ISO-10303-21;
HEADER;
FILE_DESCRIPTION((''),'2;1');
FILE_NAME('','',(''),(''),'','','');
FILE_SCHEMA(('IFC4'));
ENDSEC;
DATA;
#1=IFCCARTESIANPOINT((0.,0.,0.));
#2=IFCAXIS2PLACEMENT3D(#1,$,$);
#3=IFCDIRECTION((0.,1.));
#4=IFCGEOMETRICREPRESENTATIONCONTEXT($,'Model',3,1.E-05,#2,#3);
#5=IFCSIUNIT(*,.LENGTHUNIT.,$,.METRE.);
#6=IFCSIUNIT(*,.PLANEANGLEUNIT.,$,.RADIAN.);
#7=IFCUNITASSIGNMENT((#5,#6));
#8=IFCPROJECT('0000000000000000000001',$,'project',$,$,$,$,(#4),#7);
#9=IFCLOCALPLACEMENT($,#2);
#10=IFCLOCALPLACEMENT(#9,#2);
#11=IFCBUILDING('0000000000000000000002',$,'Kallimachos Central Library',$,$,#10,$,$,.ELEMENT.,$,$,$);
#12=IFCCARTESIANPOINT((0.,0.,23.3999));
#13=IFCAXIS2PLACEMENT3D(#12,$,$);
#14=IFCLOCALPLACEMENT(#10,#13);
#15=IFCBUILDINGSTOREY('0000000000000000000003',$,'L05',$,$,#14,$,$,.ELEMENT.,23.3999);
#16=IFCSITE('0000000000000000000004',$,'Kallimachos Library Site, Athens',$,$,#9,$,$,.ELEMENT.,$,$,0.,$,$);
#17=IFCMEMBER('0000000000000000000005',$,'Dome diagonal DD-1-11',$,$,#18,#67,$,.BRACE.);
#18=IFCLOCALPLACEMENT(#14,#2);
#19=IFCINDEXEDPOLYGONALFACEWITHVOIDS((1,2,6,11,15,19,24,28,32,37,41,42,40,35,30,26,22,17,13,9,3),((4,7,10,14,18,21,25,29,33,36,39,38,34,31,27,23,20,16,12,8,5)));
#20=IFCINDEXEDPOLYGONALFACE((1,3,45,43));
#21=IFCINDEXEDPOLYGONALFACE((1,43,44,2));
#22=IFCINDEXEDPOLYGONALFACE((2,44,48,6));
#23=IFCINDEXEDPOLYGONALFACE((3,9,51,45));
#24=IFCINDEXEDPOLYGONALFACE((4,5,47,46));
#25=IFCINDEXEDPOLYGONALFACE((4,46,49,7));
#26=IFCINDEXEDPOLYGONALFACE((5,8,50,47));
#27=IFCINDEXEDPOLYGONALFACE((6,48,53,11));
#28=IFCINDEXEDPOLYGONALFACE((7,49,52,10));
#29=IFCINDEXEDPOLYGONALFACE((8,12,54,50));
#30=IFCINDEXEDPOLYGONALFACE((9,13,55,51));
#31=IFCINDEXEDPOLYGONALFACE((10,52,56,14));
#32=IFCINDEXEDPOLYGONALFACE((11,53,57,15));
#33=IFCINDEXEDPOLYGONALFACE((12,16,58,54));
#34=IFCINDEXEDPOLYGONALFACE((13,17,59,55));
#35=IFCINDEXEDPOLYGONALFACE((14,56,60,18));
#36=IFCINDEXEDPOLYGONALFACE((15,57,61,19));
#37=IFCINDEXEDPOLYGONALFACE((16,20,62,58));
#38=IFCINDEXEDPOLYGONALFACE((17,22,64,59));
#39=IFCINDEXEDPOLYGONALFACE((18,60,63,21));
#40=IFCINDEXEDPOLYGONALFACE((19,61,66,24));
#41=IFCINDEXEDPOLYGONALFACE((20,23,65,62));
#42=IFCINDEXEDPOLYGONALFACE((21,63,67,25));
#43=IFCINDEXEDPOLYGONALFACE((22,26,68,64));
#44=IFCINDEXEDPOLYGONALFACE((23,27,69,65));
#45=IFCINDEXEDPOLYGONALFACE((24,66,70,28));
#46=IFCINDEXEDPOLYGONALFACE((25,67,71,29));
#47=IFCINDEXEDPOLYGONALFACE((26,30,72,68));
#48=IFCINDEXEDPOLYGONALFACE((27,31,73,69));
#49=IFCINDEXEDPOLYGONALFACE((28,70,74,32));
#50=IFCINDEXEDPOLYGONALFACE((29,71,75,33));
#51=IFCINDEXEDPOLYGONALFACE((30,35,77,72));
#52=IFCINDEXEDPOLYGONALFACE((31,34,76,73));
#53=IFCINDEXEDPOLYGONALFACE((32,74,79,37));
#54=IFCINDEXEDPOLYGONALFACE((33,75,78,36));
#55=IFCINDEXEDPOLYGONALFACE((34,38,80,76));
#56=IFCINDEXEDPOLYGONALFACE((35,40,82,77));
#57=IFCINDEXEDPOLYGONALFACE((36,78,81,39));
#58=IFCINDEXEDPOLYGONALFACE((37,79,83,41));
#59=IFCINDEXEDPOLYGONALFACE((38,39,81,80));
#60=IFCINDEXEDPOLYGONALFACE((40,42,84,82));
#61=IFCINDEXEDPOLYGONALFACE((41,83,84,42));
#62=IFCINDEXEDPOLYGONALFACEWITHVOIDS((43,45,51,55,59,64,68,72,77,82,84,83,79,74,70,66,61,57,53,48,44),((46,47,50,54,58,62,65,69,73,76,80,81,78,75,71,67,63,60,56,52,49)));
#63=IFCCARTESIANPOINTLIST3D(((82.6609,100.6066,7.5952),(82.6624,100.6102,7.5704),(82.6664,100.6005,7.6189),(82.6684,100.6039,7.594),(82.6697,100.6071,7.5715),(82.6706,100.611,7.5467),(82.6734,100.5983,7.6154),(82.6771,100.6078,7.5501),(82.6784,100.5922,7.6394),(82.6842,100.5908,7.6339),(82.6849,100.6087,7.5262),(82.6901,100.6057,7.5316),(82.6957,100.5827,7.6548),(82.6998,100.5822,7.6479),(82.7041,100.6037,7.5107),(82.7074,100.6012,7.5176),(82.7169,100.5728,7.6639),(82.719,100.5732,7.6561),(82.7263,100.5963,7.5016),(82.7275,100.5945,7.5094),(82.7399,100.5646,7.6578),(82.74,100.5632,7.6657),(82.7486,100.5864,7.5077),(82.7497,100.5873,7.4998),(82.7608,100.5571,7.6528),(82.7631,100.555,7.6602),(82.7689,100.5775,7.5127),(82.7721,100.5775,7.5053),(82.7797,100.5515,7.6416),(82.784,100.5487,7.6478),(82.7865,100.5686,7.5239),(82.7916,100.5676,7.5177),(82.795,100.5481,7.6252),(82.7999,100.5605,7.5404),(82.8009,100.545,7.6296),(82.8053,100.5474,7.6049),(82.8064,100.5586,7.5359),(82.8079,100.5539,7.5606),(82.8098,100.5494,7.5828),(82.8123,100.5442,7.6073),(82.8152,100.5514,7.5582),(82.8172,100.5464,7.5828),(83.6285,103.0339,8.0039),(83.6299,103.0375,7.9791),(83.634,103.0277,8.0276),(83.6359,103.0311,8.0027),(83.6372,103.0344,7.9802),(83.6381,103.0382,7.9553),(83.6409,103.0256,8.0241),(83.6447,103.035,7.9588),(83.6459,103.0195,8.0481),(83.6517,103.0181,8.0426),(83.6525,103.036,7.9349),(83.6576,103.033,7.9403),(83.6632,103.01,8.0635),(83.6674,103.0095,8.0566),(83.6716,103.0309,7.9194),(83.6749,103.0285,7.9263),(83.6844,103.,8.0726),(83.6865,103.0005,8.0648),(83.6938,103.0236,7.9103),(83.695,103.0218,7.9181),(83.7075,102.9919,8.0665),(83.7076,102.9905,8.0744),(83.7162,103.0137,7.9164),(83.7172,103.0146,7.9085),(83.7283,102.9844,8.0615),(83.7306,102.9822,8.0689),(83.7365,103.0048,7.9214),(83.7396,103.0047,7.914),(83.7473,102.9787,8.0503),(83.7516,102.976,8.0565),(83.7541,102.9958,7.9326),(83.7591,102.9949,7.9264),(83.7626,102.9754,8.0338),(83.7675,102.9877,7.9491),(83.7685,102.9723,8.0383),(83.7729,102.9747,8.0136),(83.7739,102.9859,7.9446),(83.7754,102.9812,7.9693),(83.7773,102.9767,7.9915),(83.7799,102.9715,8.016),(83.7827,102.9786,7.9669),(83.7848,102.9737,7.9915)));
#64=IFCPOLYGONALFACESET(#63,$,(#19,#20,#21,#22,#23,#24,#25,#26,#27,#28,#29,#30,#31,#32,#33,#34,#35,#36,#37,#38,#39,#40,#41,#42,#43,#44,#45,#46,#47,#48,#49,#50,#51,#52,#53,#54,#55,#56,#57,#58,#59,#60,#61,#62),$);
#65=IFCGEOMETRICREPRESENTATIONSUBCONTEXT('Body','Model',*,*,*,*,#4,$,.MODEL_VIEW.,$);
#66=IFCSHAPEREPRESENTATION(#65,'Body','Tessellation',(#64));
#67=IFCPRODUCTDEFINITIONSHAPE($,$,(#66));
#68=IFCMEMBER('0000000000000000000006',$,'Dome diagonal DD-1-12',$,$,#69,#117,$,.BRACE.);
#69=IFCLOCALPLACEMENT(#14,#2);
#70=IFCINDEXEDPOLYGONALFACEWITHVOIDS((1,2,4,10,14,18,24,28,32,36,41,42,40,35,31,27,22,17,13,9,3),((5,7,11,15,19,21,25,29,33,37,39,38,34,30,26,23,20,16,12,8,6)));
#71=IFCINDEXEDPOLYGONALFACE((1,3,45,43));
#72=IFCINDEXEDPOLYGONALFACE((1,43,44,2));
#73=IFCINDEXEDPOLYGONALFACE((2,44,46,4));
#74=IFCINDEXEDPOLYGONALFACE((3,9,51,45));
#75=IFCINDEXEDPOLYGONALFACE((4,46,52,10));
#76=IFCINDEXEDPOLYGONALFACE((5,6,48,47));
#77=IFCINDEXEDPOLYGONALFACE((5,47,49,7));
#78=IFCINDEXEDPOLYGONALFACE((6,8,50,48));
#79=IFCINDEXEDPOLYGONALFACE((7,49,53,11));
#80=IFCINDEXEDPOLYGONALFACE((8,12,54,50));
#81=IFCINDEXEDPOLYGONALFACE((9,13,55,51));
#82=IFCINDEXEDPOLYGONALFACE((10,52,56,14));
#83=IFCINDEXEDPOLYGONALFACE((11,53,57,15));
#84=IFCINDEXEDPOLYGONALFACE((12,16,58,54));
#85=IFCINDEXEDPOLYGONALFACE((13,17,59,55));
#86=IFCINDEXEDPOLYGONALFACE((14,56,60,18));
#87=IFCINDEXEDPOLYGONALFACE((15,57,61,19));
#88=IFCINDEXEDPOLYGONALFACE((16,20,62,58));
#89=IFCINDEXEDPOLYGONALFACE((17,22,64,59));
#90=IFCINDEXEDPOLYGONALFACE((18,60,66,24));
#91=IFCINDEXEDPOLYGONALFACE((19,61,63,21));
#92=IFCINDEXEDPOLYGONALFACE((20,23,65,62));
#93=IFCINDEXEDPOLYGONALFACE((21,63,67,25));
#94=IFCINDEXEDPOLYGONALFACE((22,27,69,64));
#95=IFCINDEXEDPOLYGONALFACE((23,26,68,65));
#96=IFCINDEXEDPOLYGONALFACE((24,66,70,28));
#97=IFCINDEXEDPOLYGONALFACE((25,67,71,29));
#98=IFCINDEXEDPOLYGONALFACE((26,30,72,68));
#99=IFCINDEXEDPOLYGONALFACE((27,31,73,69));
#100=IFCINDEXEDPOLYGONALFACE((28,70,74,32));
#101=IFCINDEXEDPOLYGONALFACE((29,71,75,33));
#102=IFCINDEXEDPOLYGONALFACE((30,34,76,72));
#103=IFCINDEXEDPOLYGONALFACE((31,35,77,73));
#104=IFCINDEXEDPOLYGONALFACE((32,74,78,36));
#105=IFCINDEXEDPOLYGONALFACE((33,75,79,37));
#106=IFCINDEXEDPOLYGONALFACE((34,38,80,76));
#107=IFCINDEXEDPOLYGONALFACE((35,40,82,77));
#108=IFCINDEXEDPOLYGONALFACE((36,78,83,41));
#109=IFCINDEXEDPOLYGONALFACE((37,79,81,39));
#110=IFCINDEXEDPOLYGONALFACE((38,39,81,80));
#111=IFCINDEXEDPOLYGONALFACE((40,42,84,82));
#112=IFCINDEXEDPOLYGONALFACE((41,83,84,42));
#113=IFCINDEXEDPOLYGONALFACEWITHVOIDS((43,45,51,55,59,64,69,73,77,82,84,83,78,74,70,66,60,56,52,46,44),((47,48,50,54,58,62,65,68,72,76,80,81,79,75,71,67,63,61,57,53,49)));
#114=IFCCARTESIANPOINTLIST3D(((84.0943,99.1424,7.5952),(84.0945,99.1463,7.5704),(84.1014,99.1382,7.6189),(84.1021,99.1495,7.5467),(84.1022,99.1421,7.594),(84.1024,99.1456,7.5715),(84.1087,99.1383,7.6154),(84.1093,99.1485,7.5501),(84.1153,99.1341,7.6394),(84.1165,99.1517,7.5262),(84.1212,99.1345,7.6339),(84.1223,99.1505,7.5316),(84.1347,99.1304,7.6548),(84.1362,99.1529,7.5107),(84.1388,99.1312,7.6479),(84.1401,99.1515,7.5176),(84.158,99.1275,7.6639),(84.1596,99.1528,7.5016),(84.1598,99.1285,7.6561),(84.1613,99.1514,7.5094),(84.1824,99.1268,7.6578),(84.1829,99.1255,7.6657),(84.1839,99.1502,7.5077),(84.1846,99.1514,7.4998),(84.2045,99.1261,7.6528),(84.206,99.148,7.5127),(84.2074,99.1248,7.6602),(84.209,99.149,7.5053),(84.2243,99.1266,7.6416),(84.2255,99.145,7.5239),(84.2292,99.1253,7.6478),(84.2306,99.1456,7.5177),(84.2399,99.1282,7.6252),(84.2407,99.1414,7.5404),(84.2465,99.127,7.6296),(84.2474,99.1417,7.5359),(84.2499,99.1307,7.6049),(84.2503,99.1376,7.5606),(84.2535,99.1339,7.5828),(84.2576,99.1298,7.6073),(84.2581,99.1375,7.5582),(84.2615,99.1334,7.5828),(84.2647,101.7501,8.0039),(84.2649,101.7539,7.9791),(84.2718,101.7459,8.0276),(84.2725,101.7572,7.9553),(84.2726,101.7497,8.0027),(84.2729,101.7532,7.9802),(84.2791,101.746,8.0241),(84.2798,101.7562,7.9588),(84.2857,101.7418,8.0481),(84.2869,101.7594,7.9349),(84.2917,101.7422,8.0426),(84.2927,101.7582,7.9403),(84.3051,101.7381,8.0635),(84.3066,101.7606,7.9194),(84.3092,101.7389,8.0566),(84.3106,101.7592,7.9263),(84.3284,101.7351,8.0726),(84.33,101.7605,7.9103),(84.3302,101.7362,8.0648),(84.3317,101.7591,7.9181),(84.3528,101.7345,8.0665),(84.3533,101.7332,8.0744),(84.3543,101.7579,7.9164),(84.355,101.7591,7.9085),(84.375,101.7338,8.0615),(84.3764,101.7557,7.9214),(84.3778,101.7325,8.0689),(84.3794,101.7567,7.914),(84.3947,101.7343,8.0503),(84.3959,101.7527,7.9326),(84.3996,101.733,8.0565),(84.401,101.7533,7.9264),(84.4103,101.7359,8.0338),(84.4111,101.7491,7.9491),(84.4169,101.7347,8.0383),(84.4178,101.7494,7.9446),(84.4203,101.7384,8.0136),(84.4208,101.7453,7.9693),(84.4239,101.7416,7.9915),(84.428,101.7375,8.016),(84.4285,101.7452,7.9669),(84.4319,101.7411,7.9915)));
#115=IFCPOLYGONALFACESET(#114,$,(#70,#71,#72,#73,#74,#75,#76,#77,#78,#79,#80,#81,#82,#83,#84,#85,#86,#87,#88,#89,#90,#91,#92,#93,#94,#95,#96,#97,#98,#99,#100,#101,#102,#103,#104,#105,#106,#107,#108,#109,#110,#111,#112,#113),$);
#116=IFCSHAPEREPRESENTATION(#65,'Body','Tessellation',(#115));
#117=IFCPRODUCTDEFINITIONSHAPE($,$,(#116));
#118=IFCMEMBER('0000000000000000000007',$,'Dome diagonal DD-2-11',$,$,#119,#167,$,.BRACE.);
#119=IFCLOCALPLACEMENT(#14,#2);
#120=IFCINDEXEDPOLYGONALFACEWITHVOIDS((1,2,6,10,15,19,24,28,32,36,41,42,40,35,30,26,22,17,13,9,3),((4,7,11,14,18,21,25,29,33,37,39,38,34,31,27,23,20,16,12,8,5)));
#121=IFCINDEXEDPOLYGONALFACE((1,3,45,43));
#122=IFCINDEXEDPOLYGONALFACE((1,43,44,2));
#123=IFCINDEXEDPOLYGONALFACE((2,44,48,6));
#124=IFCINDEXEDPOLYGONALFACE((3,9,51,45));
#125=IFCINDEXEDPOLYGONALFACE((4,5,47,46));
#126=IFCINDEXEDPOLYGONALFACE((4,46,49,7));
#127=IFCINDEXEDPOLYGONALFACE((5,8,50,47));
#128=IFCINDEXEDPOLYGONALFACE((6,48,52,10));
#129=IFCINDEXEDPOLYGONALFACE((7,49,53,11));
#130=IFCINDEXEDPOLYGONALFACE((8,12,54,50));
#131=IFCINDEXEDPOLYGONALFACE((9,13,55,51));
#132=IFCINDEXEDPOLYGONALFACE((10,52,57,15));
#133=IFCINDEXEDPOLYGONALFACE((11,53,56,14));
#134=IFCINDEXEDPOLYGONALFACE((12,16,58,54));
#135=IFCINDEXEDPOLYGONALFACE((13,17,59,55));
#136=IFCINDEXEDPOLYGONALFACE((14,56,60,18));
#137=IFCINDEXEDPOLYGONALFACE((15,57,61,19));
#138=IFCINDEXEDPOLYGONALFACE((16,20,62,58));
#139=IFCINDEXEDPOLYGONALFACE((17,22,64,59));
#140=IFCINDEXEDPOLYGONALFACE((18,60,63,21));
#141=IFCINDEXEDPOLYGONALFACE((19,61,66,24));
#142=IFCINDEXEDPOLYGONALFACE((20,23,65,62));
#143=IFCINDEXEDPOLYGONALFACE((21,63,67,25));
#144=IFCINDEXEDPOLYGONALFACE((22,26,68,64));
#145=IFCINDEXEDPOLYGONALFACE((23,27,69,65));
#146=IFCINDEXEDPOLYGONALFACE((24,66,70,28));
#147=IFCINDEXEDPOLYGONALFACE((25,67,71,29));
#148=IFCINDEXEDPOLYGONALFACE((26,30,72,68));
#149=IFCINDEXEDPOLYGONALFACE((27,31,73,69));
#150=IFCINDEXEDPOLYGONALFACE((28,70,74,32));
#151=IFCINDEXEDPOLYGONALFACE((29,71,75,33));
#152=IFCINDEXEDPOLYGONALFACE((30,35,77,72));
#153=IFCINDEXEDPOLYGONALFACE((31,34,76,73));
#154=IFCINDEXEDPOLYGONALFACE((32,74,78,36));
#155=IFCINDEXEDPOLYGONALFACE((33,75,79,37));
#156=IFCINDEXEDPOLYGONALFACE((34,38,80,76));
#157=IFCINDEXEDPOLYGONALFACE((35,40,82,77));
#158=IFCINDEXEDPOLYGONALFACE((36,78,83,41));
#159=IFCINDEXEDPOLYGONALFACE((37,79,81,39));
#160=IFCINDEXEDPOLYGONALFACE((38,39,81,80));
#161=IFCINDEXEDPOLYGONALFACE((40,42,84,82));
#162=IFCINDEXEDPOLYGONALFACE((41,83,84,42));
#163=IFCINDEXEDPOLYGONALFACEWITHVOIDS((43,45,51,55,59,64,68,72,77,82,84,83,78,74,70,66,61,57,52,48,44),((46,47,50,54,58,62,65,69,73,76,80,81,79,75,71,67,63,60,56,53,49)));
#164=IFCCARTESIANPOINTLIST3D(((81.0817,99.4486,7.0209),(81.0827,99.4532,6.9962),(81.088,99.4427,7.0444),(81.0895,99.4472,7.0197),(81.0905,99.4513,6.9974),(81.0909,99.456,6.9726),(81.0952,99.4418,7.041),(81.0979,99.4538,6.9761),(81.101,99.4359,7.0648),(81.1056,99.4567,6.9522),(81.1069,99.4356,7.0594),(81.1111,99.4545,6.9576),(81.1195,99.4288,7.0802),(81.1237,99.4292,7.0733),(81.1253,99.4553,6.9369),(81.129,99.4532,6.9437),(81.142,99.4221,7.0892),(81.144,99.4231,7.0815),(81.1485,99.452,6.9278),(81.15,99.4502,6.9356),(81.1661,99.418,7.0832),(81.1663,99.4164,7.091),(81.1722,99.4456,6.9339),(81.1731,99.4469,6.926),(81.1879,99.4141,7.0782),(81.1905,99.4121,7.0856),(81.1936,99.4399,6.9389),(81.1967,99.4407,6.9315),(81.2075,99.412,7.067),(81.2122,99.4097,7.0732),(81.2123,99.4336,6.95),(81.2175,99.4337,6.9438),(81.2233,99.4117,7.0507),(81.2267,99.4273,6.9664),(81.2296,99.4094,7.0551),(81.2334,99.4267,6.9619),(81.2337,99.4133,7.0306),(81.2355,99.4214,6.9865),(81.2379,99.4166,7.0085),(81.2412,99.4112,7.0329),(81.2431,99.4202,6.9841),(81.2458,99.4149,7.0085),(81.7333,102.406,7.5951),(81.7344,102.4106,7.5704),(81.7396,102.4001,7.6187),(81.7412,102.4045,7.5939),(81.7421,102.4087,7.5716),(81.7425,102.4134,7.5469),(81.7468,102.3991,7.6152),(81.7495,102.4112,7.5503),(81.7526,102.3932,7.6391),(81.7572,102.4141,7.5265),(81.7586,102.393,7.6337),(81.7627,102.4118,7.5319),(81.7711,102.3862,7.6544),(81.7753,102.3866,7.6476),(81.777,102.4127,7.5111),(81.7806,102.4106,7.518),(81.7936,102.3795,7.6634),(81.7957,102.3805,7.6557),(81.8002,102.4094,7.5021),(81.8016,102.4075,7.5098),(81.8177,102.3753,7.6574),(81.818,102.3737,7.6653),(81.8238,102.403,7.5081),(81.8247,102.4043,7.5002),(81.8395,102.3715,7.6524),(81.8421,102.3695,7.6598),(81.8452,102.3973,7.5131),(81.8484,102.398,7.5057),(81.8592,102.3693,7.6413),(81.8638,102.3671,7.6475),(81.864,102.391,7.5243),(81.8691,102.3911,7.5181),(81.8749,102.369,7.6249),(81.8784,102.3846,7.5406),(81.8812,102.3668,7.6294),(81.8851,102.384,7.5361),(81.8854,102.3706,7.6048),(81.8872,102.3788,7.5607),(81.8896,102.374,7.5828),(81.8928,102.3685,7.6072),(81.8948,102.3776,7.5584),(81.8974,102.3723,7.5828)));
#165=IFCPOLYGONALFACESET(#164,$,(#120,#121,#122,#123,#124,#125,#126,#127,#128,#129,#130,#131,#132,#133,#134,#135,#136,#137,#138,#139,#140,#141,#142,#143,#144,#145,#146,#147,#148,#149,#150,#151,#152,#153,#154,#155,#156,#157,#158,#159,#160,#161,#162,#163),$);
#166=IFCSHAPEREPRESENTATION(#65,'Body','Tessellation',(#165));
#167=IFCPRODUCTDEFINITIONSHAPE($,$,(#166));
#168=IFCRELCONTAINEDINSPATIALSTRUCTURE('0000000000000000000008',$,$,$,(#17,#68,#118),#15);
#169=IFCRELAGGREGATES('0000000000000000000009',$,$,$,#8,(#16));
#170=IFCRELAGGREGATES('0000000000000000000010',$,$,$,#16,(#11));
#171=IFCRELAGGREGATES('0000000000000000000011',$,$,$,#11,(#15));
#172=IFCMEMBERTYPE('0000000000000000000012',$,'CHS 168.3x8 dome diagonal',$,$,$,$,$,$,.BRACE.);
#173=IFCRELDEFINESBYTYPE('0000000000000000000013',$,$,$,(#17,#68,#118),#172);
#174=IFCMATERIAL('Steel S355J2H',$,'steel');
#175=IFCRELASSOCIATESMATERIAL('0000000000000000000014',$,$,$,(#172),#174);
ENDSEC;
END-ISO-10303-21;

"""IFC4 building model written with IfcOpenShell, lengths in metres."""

from ifc_helpers import new_model, si_unit, direction, frame, origin, origin_2d, place, context, subcontext, project, spatial, hollow_circle, extrude, material, material_profile, profile_set, type_object, element, save


model = new_model("IFC4")

# Units and contexts
model_context = context("Model", 3, precision=1e-05, world=origin(), true_north=direction((0.0, 1.0)))
body_context = subcontext(model_context, "Body", "Model", "MODEL_VIEW")
ifc_project = project(units=[si_unit("LENGTHUNIT", "METRE"), si_unit("PLANEANGLEUNIT", "RADIAN")], contexts=[model_context])

# Site, building, storey
site_placement = place(None, origin())
site = spatial("IfcSite", under=ifc_project, at=site_placement, Name="Kallimachos Library Site, Athens", CompositionType="ELEMENT", RefElevation=0.0)
building_placement = place(site_placement, origin())
building = spatial("IfcBuilding", under=site, at=building_placement, Name="Kallimachos Central Library", CompositionType="ELEMENT")
storey_placement = place(building_placement, frame((0.0, 0.0, 23.3999)))
storey = spatial("IfcBuildingStorey", under=building, at=storey_placement, Name="L05", CompositionType="ELEMENT", Elevation=23.3999)

# Members
ifc_material_1 = material(Name="Steel S355J2H", Category="steel")
ifc_material_profile_1 = material_profile(ifc_material_1, hollow_circle(Radius=0.0842, WallThickness=0.0081, at=origin_2d()), Name="CHS 168.3x8")
ifc_profile_set_1 = profile_set([ifc_material_profile_1], Name="Steel S355J2H")
member_type_1 = type_object("IfcMemberType", Name="CHS 168.3x8 dome diagonal", PredefinedType="BRACE", material=ifc_profile_set_1)
member_1_placement = place(storey_placement, frame((83.7065, 103.0049, 7.9915), z_axis=(-0.365831, -0.917763, -0.15453), x_axis=(0.928921, -0.370279, 0.0)))
element("IfcMember", 1, at=member_1_placement, inside=storey, type_object=member_type_1, Name="Dome diagonal DD-1-11", PredefinedType="BRACE", context=body_context, shape_type="SweptSolid", body=[
    extrude(hollow_circle(Radius=0.0842, WallThickness=0.0081, at=origin_2d()), origin(), (0.0, 0.0, 1.0), 2.6448),
])
member_2_placement = place(storey_placement, frame((84.3479, 101.7466, 7.9915), z_axis=(-0.064427, -0.985888, -0.154515), x_axis=(0.997872, -0.065211, 0.0)))
element("IfcMember", 2, at=member_2_placement, inside=storey, type_object=member_type_1, Name="Dome diagonal DD-1-12", PredefinedType="BRACE", context=body_context, shape_type="SweptSolid", body=[
    extrude(hollow_circle(Radius=0.0842, WallThickness=0.0081, at=origin_2d()), origin(), (0.0, 0.0, 1.0), 2.645),
])
for number, where, z_axis, x_axis, name in (
    (3, (81.8152, 102.3904, 7.5828), (-0.211413, -0.959477, -0.186303), (0.976574, -0.21518, 0.0), "Dome diagonal DD-2-11"),
):
    element("IfcMember", number, at=place(storey_placement, frame(where, z_axis=z_axis, x_axis=x_axis)), inside=storey, type_object=member_type_1, Name=name, PredefinedType="BRACE", context=body_context, shape_type="SweptSolid", body=[
        extrude(hollow_circle(Radius=0.0842, WallThickness=0.0081, at=origin_2d()), origin(), (0.0, 0.0, 1.0), 3.0823),
    ])

save(model, "model.ifc")
